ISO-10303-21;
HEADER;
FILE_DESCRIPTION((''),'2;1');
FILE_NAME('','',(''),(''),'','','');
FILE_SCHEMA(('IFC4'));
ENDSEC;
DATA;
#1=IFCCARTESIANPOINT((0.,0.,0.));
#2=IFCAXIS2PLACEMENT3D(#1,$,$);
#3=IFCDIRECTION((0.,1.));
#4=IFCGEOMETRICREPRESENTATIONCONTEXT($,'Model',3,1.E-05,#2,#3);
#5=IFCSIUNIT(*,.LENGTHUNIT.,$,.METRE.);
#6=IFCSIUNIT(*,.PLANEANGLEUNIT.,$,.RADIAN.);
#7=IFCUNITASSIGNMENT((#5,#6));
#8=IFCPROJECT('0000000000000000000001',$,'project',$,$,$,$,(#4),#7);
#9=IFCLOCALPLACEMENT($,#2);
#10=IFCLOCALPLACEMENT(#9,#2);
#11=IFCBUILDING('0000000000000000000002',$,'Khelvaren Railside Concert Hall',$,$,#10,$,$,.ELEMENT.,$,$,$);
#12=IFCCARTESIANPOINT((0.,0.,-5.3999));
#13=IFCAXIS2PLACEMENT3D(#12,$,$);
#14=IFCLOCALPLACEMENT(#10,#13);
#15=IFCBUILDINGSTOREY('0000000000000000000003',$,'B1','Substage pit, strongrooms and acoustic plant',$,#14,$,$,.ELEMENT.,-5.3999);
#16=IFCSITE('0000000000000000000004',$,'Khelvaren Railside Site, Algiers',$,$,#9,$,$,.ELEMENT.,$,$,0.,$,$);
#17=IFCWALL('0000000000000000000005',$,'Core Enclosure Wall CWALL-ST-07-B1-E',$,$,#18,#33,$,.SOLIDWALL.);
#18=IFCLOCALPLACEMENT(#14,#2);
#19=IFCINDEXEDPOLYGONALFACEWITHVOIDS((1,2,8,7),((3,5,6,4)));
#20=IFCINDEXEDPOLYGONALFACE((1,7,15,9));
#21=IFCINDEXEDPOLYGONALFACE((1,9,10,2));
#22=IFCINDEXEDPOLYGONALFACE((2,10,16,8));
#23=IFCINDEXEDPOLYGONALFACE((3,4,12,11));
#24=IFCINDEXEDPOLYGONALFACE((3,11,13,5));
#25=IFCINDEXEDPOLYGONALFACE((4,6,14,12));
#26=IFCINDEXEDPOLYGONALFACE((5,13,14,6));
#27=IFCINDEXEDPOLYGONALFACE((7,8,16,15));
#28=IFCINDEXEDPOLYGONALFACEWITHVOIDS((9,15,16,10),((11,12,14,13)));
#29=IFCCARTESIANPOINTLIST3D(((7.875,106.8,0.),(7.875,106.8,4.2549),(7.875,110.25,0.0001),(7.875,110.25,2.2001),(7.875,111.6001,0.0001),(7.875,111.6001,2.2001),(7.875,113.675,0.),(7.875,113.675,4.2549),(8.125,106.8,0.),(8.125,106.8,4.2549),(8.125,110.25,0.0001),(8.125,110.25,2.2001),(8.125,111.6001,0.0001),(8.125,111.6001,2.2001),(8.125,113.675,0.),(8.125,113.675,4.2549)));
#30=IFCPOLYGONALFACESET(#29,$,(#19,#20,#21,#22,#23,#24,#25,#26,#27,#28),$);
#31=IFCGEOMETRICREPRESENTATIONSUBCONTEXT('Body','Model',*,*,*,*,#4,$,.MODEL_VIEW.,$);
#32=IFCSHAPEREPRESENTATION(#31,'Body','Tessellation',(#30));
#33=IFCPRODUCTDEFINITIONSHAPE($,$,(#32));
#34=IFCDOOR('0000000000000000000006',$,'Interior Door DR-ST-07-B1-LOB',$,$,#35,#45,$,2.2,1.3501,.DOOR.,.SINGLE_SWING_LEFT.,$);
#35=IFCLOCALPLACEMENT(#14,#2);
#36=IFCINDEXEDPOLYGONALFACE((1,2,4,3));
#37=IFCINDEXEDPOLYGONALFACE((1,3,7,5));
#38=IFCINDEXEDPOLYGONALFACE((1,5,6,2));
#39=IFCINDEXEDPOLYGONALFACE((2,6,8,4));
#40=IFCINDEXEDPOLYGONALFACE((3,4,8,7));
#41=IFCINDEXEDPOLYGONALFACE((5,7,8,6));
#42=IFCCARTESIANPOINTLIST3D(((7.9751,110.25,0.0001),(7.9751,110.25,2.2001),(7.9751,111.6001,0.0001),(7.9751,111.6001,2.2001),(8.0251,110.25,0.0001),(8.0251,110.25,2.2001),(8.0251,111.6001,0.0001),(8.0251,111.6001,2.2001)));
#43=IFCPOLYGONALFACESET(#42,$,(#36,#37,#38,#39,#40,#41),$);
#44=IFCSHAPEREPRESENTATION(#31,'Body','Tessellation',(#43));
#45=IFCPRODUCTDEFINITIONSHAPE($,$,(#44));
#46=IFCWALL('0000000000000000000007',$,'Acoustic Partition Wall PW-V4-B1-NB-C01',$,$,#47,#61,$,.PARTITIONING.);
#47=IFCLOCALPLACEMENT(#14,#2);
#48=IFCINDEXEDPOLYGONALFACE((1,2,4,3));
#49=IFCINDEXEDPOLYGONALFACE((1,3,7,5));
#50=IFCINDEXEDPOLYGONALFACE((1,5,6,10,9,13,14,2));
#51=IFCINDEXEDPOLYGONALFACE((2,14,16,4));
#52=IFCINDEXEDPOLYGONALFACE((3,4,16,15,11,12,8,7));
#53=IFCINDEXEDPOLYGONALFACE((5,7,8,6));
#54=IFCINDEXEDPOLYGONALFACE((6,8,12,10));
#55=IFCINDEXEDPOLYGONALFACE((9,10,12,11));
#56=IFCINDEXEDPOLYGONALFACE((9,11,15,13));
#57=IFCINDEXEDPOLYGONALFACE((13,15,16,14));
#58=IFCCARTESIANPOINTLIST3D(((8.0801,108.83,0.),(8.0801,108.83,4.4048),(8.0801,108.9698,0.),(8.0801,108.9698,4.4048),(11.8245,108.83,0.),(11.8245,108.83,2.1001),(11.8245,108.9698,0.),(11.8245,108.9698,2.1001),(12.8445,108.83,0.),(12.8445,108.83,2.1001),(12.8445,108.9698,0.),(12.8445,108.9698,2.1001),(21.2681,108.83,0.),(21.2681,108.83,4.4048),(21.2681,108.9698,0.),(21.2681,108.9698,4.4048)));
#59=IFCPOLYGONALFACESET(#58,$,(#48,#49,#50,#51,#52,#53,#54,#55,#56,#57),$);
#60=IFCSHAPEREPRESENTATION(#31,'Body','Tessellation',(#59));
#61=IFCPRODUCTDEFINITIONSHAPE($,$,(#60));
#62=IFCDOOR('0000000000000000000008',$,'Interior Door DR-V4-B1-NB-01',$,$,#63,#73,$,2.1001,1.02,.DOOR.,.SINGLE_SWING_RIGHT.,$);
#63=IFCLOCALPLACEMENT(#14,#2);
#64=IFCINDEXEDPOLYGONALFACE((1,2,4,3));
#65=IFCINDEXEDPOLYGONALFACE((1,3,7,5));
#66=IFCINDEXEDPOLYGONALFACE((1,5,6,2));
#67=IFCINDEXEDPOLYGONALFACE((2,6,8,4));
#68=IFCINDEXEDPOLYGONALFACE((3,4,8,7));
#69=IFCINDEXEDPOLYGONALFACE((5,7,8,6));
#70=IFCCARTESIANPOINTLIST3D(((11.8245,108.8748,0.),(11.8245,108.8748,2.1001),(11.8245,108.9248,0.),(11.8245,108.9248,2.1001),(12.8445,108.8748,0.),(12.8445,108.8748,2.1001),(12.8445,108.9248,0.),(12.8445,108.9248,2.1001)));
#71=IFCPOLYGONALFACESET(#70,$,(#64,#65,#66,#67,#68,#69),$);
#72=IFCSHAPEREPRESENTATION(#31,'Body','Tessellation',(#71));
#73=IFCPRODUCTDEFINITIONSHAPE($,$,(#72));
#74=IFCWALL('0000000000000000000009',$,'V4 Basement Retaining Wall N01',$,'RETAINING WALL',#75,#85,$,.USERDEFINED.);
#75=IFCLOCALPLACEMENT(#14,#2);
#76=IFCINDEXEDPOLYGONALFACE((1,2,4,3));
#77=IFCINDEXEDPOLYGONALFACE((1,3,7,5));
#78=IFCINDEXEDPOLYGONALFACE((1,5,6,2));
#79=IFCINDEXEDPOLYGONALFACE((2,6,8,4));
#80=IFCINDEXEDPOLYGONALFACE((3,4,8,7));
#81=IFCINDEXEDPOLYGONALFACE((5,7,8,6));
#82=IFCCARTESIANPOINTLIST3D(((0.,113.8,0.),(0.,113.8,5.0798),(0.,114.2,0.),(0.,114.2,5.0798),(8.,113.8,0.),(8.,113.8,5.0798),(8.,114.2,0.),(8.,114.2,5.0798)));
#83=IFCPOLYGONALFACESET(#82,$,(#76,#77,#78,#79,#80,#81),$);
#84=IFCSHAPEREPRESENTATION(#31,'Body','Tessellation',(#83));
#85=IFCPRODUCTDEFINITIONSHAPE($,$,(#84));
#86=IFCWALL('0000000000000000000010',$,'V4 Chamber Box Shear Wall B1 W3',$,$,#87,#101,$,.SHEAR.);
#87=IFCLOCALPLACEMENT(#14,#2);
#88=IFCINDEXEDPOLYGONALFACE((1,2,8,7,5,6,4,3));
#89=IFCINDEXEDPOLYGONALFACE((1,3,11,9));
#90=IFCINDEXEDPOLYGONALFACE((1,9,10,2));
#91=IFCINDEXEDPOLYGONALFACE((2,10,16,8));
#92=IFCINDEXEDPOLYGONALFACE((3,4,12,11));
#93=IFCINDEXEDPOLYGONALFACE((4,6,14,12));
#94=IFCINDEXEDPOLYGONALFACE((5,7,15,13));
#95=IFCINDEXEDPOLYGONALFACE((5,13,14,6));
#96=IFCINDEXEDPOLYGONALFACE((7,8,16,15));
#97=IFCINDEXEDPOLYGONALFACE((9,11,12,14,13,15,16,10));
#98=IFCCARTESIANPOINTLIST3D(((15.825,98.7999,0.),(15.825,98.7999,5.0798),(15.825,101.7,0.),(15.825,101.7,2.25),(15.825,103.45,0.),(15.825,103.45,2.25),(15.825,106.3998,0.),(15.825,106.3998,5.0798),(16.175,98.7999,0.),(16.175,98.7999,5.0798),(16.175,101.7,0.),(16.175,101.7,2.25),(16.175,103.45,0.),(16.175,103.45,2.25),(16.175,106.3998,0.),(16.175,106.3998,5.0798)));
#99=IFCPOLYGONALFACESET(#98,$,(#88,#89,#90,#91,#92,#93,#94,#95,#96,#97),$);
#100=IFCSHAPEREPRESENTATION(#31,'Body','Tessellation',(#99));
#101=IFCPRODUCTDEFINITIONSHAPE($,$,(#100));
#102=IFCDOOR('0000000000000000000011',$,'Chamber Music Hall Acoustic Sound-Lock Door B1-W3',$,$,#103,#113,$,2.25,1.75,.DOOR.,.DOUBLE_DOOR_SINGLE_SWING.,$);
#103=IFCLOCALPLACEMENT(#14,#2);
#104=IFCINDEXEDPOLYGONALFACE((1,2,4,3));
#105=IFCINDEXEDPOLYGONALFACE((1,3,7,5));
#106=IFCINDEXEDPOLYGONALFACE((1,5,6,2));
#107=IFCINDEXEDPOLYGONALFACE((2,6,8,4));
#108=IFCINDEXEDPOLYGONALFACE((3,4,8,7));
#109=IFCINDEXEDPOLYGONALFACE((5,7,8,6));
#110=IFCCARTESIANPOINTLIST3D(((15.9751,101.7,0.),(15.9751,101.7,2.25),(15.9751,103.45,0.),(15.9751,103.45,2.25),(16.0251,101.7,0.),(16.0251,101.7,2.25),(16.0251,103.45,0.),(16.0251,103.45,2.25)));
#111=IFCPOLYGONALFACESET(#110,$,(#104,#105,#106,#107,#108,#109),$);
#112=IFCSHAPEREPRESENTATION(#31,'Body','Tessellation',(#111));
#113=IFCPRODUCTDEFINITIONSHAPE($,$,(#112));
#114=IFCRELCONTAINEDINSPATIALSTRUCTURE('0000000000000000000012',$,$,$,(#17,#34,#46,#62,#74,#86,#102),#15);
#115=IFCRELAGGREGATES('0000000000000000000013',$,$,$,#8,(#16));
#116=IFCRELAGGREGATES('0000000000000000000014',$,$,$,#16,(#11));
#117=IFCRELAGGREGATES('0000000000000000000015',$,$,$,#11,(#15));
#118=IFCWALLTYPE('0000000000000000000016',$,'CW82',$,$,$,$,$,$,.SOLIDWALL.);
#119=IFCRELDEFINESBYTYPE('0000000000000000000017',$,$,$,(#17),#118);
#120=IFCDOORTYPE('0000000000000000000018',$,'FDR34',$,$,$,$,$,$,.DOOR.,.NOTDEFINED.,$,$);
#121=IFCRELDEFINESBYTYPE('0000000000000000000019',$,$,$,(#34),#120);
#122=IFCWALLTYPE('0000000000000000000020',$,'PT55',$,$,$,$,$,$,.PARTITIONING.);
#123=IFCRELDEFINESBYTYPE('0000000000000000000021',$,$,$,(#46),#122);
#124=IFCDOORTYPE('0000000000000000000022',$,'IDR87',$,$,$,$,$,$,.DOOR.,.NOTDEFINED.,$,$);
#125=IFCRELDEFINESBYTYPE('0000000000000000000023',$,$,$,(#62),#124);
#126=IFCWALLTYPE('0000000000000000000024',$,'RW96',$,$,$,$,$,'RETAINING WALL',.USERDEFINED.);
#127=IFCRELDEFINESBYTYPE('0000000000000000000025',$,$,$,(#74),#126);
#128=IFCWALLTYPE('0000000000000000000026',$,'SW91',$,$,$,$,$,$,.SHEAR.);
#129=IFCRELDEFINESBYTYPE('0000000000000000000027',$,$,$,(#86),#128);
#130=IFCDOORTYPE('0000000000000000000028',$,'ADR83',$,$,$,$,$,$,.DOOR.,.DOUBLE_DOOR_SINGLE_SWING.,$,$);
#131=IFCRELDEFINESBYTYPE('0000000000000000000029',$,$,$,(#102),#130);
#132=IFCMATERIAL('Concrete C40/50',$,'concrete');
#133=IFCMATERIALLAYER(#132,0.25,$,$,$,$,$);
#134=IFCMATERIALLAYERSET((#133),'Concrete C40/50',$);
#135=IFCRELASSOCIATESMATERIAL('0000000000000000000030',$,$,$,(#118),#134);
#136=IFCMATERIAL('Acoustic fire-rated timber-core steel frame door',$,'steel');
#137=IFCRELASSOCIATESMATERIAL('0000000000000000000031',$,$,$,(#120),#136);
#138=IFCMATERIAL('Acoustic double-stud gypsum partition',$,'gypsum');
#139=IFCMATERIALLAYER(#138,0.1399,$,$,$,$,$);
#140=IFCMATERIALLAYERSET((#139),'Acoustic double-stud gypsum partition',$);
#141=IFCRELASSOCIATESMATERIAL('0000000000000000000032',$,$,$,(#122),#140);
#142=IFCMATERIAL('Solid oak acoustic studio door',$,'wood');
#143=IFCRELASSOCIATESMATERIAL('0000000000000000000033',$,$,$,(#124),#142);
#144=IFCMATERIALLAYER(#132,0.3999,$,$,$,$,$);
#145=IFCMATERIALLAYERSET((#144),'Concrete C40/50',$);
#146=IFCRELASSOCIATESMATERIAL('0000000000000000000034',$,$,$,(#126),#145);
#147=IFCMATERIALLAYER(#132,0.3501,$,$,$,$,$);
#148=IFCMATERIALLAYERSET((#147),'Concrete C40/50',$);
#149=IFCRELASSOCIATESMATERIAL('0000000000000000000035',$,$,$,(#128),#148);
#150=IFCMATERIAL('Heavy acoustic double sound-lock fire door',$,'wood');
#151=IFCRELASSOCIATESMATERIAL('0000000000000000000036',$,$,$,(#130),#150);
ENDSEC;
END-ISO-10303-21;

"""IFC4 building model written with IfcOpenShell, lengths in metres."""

from ifc_helpers import new_model, si_unit, direction, frame, frame_2d, origin, place, context, subcontext, project, spatial, rectangle, extrude, material, layer, layer_set, type_object, element, fill, save


model = new_model("IFC4")

# Units and contexts
model_context = context("Model", 3, precision=1e-05, world=origin(), true_north=direction((0.0, 1.0)))
body_context = subcontext(model_context, "Body", "Model", "MODEL_VIEW")
ifc_project = project(units=[si_unit("LENGTHUNIT", "METRE"), si_unit("PLANEANGLEUNIT", "RADIAN")], contexts=[model_context])

# Site, building, storey
site_placement = place(None, origin())
site = spatial("IfcSite", under=ifc_project, at=site_placement, Name="Khelvaren Railside Site, Algiers", CompositionType="ELEMENT", RefElevation=0.0)
building_placement = place(site_placement, origin())
building = spatial("IfcBuilding", under=site, at=building_placement, Name="Khelvaren Railside Concert Hall", CompositionType="ELEMENT")
storey_placement = place(building_placement, frame((0.0, 0.0, -5.3999)))
storey = spatial("IfcBuildingStorey", under=building, at=storey_placement, Name="B1", Description="Substage pit, strongrooms and acoustic plant", CompositionType="ELEMENT", Elevation=-5.3999)

# Walls, openings, doors
ifc_material_1 = material(Name="Concrete C40/50", Category="concrete")
ifc_layer_1 = layer(ifc_material_1, 0.25)
ifc_layer_set_1 = layer_set([ifc_layer_1], Name="Concrete C40/50")
wall_type_1 = type_object("IfcWallType", Name="CW82", PredefinedType="SOLIDWALL", material=ifc_layer_set_1)
wall_1_placement = place(storey_placement, frame((8.0, 106.8, 0.0), z_axis=(0.0, 0.0, 1.0), x_axis=(0.0, 1.0, 0.0)))
wall_1 = element("IfcWall", 1, at=wall_1_placement, inside=storey, type_object=wall_type_1, Name="Core Enclosure Wall CWALL-ST-07-B1-E", PredefinedType="SOLIDWALL", context=body_context, shape_type="SweptSolid", body=[
    extrude(rectangle(XDim=6.875, YDim=0.25, at=frame_2d((3.4375, 0.0))), origin(), (0.0, 0.0, 1.0), 4.2549),
])
opening_1_placement = place(wall_1_placement, frame((3.45, 0.0, 0.0)))
opening_1 = element("IfcOpeningElement", 2, at=opening_1_placement, cuts=wall_1, PredefinedType="OPENING", context=body_context, shape_type="SweptSolid", body=[
    extrude(rectangle(XDim=1.3501, YDim=2.2, at=frame_2d((0.675, 1.1001))), frame((0.0, 0.135, 0.0), z_axis=(0.0, -1.0, 0.0), x_axis=(1.0, 0.0, 0.0)), (0.0, 0.0, 1.0), 0.27),
])
ifc_material_2 = material(Name="Acoustic fire-rated timber-core steel frame door", Category="steel")
door_type_1 = type_object("IfcDoorType", Name="FDR34", OperationType="NOTDEFINED", PredefinedType="DOOR", material=ifc_material_2)
door_1_placement = place(opening_1_placement, origin())
door_1 = element("IfcDoor", 3, at=door_1_placement, inside=storey, type_object=door_type_1, Name="Interior Door DR-ST-07-B1-LOB", OperationType="SINGLE_SWING_LEFT", OverallHeight=2.2, OverallWidth=1.3501, PredefinedType="DOOR", context=body_context, shape_type="SweptSolid", body=[
    extrude(rectangle(XDim=1.3501, YDim=2.2, at=frame_2d((0.675, 1.1001))), frame((0.0, 0.0249, 0.0), z_axis=(0.0, -1.0, 0.0), x_axis=(1.0, 0.0, 0.0)), (0.0, 0.0, 1.0), 0.05),
])
fill(opening_1, door_1)
ifc_material_3 = material(Name="Acoustic double-stud gypsum partition", Category="gypsum")
ifc_layer_2 = layer(ifc_material_3, 0.1399)
ifc_layer_set_2 = layer_set([ifc_layer_2], Name="Acoustic double-stud gypsum partition")
wall_type_2 = type_object("IfcWallType", Name="PT55", PredefinedType="PARTITIONING", material=ifc_layer_set_2)
wall_2_placement = place(storey_placement, frame((8.0801, 108.8999, 0.0), z_axis=(0.0, 0.0, 1.0), x_axis=(1.0, 0.0, 0.0)))
wall_2 = element("IfcWall", 4, at=wall_2_placement, inside=storey, type_object=wall_type_2, Name="Acoustic Partition Wall PW-V4-B1-NB-C01", PredefinedType="PARTITIONING", context=body_context, shape_type="SweptSolid", body=[
    extrude(rectangle(XDim=13.188, YDim=0.1399, at=frame_2d((6.594, 0.0))), origin(), (0.0, 0.0, 1.0), 4.4048),
])
opening_2_placement = place(wall_2_placement, frame((3.7444, 0.0, 0.0)))
opening_2 = element("IfcOpeningElement", 5, at=opening_2_placement, cuts=wall_2, PredefinedType="OPENING", context=body_context, shape_type="SweptSolid", body=[
    extrude(rectangle(XDim=1.02, YDim=2.1001, at=frame_2d((0.51, 1.05))), frame((0.0, 0.0798, 0.0), z_axis=(0.0, -1.0, 0.0), x_axis=(1.0, 0.0, 0.0)), (0.0, 0.0, 1.0), 0.1599),
])
ifc_material_4 = material(Name="Solid oak acoustic studio door", Category="wood")
door_type_2 = type_object("IfcDoorType", Name="IDR87", OperationType="NOTDEFINED", PredefinedType="DOOR", material=ifc_material_4)
door_2_placement = place(opening_2_placement, origin())
door_2 = element("IfcDoor", 6, at=door_2_placement, inside=storey, type_object=door_type_2, Name="Interior Door DR-V4-B1-NB-01", OperationType="SINGLE_SWING_RIGHT", OverallHeight=2.1001, OverallWidth=1.02, PredefinedType="DOOR", context=body_context, shape_type="SweptSolid", body=[
    extrude(rectangle(XDim=1.02, YDim=2.1001, at=frame_2d((0.51, 1.05))), frame((0.0, 0.0249, 0.0), z_axis=(0.0, -1.0, 0.0), x_axis=(1.0, 0.0, 0.0)), (0.0, 0.0, 1.0), 0.05),
])
fill(opening_2, door_2)

# Wall
ifc_layer_3 = layer(ifc_material_1, 0.3999)
ifc_layer_set_3 = layer_set([ifc_layer_3], Name="Concrete C40/50")
wall_type_3 = type_object("IfcWallType", Name="RW96", ElementType="RETAINING WALL", PredefinedType="USERDEFINED", material=ifc_layer_set_3)
wall_3_placement = place(storey_placement, frame((8.0, 114.0, 0.0), z_axis=(0.0, 0.0, 1.0), x_axis=(-1.0, 0.0, 0.0)))
element("IfcWall", 7, at=wall_3_placement, inside=storey, type_object=wall_type_3, Name="V4 Basement Retaining Wall N01", ObjectType="RETAINING WALL", PredefinedType="USERDEFINED", context=body_context, shape_type="SweptSolid", body=[
    extrude(rectangle(XDim=8.0, YDim=0.3999, at=frame_2d((4.0, 0.0))), origin(), (0.0, 0.0, 1.0), 5.0798),
])

# Wall, opening, door
ifc_layer_4 = layer(ifc_material_1, 0.3501)
ifc_layer_set_4 = layer_set([ifc_layer_4], Name="Concrete C40/50")
wall_type_4 = type_object("IfcWallType", Name="SW91", PredefinedType="SHEAR", material=ifc_layer_set_4)
wall_4_placement = place(storey_placement, frame((16.0, 98.8, 0.0), z_axis=(0.0, 0.0, 1.0), x_axis=(0.0, 1.0, 0.0)))
wall_4 = element("IfcWall", 8, at=wall_4_placement, inside=storey, type_object=wall_type_4, Name="V4 Chamber Box Shear Wall B1 W3", PredefinedType="SHEAR", context=body_context, shape_type="SweptSolid", body=[
    extrude(rectangle(XDim=7.5999, YDim=0.3501, at=frame_2d((3.7998, 0.0))), origin(), (0.0, 0.0, 1.0), 5.0798),
])
opening_3_placement = place(wall_4_placement, frame((2.8999, 0.0, 0.0)))
opening_3 = element("IfcOpeningElement", 9, at=opening_3_placement, cuts=wall_4, PredefinedType="OPENING", context=body_context, shape_type="SweptSolid", body=[
    extrude(rectangle(XDim=1.75, YDim=2.25, at=frame_2d((0.875, 1.125))), frame((0.0, 0.1851, 0.0), z_axis=(0.0, -1.0, 0.0), x_axis=(1.0, 0.0, 0.0)), (0.0, 0.0, 1.0), 0.3701),
])
ifc_material_5 = material(Name="Heavy acoustic double sound-lock fire door", Category="wood")
door_type_3 = type_object("IfcDoorType", Name="ADR83", OperationType="DOUBLE_DOOR_SINGLE_SWING", PredefinedType="DOOR", material=ifc_material_5)
door_3_placement = place(opening_3_placement, origin())
door_3 = element("IfcDoor", 10, at=door_3_placement, inside=storey, type_object=door_type_3, Name="Chamber Music Hall Acoustic Sound-Lock Door B1-W3", OperationType="DOUBLE_DOOR_SINGLE_SWING", OverallHeight=2.25, OverallWidth=1.75, PredefinedType="DOOR", context=body_context, shape_type="SweptSolid", body=[
    extrude(rectangle(XDim=1.75, YDim=2.25, at=frame_2d((0.875, 1.125))), frame((0.0, 0.0249, 0.0), z_axis=(0.0, -1.0, 0.0), x_axis=(1.0, 0.0, 0.0)), (0.0, 0.0, 1.0), 0.05),
])
fill(opening_3, door_3)

save(model, "model.ifc")
